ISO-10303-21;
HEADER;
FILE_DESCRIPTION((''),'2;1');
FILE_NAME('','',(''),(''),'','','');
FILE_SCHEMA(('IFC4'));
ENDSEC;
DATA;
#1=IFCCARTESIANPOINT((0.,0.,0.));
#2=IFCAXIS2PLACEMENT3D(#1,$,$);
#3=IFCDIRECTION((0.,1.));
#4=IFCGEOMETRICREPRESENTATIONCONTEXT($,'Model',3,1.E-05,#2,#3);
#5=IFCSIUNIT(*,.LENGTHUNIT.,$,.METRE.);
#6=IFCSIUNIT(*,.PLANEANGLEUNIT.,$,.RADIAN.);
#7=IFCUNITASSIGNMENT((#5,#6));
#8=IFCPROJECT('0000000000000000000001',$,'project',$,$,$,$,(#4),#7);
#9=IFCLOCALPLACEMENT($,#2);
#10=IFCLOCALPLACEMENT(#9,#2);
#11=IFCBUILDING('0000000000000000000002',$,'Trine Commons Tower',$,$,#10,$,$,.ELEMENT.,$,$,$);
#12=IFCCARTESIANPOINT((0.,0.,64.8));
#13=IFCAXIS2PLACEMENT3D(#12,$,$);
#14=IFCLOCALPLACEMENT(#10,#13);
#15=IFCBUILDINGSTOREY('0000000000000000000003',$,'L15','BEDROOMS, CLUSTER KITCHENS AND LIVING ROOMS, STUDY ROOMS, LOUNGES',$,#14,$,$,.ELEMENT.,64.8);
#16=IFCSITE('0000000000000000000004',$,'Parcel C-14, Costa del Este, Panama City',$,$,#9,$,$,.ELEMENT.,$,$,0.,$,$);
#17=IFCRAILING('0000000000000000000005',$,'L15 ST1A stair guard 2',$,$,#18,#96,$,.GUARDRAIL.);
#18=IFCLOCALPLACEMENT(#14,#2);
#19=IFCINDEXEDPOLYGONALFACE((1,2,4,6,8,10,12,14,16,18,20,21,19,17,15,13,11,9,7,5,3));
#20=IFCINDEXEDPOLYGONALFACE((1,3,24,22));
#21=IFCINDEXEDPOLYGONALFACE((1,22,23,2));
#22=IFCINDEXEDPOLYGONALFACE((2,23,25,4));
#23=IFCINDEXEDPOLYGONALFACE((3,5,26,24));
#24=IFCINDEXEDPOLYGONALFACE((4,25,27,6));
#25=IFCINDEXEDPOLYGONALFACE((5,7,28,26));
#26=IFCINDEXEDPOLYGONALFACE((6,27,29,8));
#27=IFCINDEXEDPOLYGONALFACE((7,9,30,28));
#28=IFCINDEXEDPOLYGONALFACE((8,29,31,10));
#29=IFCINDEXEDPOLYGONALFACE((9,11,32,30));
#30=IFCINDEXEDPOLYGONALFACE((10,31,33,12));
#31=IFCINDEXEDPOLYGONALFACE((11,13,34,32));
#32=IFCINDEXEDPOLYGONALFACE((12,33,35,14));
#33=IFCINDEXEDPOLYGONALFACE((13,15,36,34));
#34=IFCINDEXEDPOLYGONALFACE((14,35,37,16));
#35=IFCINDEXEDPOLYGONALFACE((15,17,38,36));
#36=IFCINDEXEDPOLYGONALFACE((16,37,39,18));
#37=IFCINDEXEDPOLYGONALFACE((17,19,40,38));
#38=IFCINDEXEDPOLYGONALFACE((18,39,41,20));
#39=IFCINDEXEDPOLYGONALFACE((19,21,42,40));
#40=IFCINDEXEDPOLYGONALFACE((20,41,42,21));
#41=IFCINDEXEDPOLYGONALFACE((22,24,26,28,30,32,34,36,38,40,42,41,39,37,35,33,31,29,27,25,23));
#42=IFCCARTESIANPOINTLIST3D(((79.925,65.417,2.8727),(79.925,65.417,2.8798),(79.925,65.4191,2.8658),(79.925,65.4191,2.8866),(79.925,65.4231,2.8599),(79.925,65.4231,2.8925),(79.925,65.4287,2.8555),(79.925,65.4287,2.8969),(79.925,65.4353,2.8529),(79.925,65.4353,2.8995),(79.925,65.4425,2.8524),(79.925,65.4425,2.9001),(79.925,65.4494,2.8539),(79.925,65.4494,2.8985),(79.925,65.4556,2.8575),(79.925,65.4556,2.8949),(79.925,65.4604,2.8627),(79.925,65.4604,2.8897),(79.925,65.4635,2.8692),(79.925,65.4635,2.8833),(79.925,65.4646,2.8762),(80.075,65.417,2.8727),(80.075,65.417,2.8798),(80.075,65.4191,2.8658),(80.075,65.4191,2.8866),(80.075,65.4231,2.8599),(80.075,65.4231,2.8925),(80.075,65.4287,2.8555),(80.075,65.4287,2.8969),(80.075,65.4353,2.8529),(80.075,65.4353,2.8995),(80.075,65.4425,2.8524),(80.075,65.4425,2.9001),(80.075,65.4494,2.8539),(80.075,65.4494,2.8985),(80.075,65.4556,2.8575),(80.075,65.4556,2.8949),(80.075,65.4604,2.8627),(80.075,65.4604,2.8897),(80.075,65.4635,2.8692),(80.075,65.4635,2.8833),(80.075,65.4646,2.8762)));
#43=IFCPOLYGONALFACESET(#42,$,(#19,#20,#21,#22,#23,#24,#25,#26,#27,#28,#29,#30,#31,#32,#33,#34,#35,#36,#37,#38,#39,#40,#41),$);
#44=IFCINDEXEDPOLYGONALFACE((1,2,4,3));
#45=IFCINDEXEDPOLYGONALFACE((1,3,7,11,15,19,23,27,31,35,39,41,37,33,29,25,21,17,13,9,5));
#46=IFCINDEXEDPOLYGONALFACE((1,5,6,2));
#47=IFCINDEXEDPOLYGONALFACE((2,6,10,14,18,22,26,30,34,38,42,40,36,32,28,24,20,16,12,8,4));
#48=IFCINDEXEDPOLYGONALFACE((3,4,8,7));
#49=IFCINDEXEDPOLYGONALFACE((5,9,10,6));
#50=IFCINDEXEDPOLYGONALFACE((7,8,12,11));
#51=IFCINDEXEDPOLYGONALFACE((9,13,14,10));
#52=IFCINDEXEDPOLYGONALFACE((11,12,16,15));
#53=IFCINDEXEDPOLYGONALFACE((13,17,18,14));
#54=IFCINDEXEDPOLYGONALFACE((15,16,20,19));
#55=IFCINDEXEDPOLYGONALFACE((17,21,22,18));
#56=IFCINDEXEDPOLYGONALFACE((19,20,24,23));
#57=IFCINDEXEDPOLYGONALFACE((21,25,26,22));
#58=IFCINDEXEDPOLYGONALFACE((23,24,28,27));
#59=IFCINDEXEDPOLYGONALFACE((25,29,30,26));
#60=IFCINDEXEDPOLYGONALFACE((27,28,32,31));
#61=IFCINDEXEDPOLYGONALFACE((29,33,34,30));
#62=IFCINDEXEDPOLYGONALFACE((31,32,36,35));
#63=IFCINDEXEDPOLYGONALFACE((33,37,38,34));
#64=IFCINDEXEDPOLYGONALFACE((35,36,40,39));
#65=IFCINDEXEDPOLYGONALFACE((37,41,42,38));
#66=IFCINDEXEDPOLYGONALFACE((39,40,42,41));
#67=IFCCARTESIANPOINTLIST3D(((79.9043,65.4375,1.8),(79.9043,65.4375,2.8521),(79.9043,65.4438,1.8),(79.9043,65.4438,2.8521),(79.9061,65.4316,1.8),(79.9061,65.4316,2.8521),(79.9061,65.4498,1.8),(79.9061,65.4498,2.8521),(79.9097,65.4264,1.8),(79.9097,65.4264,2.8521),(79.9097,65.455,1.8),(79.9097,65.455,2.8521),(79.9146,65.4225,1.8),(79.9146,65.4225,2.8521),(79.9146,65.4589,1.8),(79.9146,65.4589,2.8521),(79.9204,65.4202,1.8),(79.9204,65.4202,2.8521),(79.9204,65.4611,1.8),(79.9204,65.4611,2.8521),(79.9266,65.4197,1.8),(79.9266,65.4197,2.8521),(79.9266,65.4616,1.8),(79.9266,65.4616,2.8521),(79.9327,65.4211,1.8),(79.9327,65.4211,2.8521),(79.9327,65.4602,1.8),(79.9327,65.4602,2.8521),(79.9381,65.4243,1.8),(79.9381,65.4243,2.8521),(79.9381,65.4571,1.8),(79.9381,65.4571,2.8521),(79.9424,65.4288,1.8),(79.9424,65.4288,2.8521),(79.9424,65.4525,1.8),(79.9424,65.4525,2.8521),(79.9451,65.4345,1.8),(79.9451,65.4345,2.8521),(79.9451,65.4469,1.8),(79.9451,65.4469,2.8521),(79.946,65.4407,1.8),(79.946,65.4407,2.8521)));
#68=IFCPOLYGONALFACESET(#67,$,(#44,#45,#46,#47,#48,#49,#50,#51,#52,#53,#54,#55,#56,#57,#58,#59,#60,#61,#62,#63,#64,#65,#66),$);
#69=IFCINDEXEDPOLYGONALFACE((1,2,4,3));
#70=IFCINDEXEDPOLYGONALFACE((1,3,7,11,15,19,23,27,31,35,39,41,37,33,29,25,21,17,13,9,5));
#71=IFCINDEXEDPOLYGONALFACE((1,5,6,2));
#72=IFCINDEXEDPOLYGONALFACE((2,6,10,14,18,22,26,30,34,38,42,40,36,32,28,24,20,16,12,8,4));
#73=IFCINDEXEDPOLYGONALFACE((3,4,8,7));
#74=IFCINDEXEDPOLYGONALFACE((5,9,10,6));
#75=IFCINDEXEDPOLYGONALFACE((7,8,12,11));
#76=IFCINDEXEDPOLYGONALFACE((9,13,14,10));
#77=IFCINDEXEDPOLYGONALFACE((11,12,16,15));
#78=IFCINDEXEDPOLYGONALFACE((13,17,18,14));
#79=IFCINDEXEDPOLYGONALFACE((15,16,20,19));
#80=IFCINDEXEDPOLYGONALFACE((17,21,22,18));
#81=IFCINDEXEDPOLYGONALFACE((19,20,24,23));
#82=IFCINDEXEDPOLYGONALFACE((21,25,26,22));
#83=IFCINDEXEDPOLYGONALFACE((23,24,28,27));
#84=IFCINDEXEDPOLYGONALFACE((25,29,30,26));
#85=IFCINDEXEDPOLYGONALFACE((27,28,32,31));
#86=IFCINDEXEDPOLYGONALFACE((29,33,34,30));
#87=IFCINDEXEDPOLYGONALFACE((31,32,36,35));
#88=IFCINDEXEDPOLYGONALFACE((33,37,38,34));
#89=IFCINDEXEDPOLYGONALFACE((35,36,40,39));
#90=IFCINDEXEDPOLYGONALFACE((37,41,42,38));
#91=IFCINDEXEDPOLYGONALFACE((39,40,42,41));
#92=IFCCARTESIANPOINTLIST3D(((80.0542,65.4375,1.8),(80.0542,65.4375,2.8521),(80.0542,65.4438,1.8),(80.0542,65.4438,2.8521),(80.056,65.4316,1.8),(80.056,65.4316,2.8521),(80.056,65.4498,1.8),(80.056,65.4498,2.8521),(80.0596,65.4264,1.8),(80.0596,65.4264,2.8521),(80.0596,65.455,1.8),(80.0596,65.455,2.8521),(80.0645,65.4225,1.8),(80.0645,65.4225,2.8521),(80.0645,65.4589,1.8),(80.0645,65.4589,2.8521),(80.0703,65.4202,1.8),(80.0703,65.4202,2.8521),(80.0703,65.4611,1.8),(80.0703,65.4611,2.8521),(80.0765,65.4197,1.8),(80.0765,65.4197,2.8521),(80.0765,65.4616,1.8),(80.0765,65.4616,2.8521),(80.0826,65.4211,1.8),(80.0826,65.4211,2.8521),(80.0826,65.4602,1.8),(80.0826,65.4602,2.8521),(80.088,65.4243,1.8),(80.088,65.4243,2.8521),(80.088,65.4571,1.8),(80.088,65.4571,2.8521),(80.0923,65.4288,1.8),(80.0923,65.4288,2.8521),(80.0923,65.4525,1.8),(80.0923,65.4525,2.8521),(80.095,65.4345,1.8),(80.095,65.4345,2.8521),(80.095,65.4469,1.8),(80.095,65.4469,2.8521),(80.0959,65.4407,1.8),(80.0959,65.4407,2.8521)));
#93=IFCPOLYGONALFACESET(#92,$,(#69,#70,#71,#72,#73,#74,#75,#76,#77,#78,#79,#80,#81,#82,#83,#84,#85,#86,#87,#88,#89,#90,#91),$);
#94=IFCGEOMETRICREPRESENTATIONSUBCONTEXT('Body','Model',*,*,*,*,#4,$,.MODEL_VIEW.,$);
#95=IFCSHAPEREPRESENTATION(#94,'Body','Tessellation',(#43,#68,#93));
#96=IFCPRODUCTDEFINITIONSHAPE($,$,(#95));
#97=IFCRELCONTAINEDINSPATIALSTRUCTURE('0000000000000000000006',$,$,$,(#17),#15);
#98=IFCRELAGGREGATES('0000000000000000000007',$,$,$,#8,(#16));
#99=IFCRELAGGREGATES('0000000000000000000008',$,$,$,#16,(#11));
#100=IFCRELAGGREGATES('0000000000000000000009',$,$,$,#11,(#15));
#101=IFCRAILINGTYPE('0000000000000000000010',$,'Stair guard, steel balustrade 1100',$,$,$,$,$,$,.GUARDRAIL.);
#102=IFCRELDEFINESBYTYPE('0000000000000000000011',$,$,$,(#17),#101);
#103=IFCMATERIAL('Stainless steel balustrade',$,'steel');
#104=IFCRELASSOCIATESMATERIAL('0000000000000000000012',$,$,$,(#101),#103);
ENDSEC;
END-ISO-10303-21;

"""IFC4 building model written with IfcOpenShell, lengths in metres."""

from ifc_helpers import new_model, si_unit, direction, frame, origin, origin_2d, place, context, subcontext, project, spatial, circle, extrude, material, type_object, element, save


model = new_model("IFC4")

# Units and contexts
model_context = context("Model", 3, precision=1e-05, world=origin(), true_north=direction((0.0, 1.0)))
body_context = subcontext(model_context, "Body", "Model", "MODEL_VIEW")
ifc_project = project(units=[si_unit("LENGTHUNIT", "METRE"), si_unit("PLANEANGLEUNIT", "RADIAN")], contexts=[model_context])

# Site, building, storey
site_placement = place(None, origin())
site = spatial("IfcSite", under=ifc_project, at=site_placement, Name="Parcel C-14, Costa del Este, Panama City", CompositionType="ELEMENT", RefElevation=0.0)
building_placement = place(site_placement, origin())
building = spatial("IfcBuilding", under=site, at=building_placement, Name="Trine Commons Tower", CompositionType="ELEMENT")
storey_placement = place(building_placement, frame((0.0, 0.0, 64.8)))
storey = spatial("IfcBuildingStorey", under=building, at=storey_placement, Name="L15", Description="BEDROOMS, CLUSTER KITCHENS AND LIVING ROOMS, STUDY ROOMS, LOUNGES", CompositionType="ELEMENT", Elevation=64.8)

# Railing
ifc_material_1 = material(Name="Stainless steel balustrade", Category="steel")
railing_type_1 = type_object("IfcRailingType", Name="Stair guard, steel balustrade 1100", PredefinedType="GUARDRAIL", material=ifc_material_1)
railing_1_placement = place(storey_placement, frame((79.925, 65.4407, 1.8)))
element("IfcRailing", 1, at=railing_1_placement, inside=storey, type_object=railing_type_1, Name="L15 ST1A stair guard 2", PredefinedType="GUARDRAIL", context=body_context, shape_type="SweptSolid", body=[
    extrude(circle(Radius=0.0239, at=origin_2d()), frame((0.0, 0.0, 1.0762), z_axis=(1.0, 0.0, 0.0), x_axis=(0.0, 1.0, 0.0)), (0.0, 0.0, 1.0), 0.1499),
    extrude(circle(Radius=0.021, at=origin_2d()), origin(), (0.0, 0.0, 1.0), 1.052),
    extrude(circle(Radius=0.021, at=origin_2d()), frame((0.1499, 0.0, 0.0)), (0.0, 0.0, 1.0), 1.052),
])

save(model, "model.ifc")
